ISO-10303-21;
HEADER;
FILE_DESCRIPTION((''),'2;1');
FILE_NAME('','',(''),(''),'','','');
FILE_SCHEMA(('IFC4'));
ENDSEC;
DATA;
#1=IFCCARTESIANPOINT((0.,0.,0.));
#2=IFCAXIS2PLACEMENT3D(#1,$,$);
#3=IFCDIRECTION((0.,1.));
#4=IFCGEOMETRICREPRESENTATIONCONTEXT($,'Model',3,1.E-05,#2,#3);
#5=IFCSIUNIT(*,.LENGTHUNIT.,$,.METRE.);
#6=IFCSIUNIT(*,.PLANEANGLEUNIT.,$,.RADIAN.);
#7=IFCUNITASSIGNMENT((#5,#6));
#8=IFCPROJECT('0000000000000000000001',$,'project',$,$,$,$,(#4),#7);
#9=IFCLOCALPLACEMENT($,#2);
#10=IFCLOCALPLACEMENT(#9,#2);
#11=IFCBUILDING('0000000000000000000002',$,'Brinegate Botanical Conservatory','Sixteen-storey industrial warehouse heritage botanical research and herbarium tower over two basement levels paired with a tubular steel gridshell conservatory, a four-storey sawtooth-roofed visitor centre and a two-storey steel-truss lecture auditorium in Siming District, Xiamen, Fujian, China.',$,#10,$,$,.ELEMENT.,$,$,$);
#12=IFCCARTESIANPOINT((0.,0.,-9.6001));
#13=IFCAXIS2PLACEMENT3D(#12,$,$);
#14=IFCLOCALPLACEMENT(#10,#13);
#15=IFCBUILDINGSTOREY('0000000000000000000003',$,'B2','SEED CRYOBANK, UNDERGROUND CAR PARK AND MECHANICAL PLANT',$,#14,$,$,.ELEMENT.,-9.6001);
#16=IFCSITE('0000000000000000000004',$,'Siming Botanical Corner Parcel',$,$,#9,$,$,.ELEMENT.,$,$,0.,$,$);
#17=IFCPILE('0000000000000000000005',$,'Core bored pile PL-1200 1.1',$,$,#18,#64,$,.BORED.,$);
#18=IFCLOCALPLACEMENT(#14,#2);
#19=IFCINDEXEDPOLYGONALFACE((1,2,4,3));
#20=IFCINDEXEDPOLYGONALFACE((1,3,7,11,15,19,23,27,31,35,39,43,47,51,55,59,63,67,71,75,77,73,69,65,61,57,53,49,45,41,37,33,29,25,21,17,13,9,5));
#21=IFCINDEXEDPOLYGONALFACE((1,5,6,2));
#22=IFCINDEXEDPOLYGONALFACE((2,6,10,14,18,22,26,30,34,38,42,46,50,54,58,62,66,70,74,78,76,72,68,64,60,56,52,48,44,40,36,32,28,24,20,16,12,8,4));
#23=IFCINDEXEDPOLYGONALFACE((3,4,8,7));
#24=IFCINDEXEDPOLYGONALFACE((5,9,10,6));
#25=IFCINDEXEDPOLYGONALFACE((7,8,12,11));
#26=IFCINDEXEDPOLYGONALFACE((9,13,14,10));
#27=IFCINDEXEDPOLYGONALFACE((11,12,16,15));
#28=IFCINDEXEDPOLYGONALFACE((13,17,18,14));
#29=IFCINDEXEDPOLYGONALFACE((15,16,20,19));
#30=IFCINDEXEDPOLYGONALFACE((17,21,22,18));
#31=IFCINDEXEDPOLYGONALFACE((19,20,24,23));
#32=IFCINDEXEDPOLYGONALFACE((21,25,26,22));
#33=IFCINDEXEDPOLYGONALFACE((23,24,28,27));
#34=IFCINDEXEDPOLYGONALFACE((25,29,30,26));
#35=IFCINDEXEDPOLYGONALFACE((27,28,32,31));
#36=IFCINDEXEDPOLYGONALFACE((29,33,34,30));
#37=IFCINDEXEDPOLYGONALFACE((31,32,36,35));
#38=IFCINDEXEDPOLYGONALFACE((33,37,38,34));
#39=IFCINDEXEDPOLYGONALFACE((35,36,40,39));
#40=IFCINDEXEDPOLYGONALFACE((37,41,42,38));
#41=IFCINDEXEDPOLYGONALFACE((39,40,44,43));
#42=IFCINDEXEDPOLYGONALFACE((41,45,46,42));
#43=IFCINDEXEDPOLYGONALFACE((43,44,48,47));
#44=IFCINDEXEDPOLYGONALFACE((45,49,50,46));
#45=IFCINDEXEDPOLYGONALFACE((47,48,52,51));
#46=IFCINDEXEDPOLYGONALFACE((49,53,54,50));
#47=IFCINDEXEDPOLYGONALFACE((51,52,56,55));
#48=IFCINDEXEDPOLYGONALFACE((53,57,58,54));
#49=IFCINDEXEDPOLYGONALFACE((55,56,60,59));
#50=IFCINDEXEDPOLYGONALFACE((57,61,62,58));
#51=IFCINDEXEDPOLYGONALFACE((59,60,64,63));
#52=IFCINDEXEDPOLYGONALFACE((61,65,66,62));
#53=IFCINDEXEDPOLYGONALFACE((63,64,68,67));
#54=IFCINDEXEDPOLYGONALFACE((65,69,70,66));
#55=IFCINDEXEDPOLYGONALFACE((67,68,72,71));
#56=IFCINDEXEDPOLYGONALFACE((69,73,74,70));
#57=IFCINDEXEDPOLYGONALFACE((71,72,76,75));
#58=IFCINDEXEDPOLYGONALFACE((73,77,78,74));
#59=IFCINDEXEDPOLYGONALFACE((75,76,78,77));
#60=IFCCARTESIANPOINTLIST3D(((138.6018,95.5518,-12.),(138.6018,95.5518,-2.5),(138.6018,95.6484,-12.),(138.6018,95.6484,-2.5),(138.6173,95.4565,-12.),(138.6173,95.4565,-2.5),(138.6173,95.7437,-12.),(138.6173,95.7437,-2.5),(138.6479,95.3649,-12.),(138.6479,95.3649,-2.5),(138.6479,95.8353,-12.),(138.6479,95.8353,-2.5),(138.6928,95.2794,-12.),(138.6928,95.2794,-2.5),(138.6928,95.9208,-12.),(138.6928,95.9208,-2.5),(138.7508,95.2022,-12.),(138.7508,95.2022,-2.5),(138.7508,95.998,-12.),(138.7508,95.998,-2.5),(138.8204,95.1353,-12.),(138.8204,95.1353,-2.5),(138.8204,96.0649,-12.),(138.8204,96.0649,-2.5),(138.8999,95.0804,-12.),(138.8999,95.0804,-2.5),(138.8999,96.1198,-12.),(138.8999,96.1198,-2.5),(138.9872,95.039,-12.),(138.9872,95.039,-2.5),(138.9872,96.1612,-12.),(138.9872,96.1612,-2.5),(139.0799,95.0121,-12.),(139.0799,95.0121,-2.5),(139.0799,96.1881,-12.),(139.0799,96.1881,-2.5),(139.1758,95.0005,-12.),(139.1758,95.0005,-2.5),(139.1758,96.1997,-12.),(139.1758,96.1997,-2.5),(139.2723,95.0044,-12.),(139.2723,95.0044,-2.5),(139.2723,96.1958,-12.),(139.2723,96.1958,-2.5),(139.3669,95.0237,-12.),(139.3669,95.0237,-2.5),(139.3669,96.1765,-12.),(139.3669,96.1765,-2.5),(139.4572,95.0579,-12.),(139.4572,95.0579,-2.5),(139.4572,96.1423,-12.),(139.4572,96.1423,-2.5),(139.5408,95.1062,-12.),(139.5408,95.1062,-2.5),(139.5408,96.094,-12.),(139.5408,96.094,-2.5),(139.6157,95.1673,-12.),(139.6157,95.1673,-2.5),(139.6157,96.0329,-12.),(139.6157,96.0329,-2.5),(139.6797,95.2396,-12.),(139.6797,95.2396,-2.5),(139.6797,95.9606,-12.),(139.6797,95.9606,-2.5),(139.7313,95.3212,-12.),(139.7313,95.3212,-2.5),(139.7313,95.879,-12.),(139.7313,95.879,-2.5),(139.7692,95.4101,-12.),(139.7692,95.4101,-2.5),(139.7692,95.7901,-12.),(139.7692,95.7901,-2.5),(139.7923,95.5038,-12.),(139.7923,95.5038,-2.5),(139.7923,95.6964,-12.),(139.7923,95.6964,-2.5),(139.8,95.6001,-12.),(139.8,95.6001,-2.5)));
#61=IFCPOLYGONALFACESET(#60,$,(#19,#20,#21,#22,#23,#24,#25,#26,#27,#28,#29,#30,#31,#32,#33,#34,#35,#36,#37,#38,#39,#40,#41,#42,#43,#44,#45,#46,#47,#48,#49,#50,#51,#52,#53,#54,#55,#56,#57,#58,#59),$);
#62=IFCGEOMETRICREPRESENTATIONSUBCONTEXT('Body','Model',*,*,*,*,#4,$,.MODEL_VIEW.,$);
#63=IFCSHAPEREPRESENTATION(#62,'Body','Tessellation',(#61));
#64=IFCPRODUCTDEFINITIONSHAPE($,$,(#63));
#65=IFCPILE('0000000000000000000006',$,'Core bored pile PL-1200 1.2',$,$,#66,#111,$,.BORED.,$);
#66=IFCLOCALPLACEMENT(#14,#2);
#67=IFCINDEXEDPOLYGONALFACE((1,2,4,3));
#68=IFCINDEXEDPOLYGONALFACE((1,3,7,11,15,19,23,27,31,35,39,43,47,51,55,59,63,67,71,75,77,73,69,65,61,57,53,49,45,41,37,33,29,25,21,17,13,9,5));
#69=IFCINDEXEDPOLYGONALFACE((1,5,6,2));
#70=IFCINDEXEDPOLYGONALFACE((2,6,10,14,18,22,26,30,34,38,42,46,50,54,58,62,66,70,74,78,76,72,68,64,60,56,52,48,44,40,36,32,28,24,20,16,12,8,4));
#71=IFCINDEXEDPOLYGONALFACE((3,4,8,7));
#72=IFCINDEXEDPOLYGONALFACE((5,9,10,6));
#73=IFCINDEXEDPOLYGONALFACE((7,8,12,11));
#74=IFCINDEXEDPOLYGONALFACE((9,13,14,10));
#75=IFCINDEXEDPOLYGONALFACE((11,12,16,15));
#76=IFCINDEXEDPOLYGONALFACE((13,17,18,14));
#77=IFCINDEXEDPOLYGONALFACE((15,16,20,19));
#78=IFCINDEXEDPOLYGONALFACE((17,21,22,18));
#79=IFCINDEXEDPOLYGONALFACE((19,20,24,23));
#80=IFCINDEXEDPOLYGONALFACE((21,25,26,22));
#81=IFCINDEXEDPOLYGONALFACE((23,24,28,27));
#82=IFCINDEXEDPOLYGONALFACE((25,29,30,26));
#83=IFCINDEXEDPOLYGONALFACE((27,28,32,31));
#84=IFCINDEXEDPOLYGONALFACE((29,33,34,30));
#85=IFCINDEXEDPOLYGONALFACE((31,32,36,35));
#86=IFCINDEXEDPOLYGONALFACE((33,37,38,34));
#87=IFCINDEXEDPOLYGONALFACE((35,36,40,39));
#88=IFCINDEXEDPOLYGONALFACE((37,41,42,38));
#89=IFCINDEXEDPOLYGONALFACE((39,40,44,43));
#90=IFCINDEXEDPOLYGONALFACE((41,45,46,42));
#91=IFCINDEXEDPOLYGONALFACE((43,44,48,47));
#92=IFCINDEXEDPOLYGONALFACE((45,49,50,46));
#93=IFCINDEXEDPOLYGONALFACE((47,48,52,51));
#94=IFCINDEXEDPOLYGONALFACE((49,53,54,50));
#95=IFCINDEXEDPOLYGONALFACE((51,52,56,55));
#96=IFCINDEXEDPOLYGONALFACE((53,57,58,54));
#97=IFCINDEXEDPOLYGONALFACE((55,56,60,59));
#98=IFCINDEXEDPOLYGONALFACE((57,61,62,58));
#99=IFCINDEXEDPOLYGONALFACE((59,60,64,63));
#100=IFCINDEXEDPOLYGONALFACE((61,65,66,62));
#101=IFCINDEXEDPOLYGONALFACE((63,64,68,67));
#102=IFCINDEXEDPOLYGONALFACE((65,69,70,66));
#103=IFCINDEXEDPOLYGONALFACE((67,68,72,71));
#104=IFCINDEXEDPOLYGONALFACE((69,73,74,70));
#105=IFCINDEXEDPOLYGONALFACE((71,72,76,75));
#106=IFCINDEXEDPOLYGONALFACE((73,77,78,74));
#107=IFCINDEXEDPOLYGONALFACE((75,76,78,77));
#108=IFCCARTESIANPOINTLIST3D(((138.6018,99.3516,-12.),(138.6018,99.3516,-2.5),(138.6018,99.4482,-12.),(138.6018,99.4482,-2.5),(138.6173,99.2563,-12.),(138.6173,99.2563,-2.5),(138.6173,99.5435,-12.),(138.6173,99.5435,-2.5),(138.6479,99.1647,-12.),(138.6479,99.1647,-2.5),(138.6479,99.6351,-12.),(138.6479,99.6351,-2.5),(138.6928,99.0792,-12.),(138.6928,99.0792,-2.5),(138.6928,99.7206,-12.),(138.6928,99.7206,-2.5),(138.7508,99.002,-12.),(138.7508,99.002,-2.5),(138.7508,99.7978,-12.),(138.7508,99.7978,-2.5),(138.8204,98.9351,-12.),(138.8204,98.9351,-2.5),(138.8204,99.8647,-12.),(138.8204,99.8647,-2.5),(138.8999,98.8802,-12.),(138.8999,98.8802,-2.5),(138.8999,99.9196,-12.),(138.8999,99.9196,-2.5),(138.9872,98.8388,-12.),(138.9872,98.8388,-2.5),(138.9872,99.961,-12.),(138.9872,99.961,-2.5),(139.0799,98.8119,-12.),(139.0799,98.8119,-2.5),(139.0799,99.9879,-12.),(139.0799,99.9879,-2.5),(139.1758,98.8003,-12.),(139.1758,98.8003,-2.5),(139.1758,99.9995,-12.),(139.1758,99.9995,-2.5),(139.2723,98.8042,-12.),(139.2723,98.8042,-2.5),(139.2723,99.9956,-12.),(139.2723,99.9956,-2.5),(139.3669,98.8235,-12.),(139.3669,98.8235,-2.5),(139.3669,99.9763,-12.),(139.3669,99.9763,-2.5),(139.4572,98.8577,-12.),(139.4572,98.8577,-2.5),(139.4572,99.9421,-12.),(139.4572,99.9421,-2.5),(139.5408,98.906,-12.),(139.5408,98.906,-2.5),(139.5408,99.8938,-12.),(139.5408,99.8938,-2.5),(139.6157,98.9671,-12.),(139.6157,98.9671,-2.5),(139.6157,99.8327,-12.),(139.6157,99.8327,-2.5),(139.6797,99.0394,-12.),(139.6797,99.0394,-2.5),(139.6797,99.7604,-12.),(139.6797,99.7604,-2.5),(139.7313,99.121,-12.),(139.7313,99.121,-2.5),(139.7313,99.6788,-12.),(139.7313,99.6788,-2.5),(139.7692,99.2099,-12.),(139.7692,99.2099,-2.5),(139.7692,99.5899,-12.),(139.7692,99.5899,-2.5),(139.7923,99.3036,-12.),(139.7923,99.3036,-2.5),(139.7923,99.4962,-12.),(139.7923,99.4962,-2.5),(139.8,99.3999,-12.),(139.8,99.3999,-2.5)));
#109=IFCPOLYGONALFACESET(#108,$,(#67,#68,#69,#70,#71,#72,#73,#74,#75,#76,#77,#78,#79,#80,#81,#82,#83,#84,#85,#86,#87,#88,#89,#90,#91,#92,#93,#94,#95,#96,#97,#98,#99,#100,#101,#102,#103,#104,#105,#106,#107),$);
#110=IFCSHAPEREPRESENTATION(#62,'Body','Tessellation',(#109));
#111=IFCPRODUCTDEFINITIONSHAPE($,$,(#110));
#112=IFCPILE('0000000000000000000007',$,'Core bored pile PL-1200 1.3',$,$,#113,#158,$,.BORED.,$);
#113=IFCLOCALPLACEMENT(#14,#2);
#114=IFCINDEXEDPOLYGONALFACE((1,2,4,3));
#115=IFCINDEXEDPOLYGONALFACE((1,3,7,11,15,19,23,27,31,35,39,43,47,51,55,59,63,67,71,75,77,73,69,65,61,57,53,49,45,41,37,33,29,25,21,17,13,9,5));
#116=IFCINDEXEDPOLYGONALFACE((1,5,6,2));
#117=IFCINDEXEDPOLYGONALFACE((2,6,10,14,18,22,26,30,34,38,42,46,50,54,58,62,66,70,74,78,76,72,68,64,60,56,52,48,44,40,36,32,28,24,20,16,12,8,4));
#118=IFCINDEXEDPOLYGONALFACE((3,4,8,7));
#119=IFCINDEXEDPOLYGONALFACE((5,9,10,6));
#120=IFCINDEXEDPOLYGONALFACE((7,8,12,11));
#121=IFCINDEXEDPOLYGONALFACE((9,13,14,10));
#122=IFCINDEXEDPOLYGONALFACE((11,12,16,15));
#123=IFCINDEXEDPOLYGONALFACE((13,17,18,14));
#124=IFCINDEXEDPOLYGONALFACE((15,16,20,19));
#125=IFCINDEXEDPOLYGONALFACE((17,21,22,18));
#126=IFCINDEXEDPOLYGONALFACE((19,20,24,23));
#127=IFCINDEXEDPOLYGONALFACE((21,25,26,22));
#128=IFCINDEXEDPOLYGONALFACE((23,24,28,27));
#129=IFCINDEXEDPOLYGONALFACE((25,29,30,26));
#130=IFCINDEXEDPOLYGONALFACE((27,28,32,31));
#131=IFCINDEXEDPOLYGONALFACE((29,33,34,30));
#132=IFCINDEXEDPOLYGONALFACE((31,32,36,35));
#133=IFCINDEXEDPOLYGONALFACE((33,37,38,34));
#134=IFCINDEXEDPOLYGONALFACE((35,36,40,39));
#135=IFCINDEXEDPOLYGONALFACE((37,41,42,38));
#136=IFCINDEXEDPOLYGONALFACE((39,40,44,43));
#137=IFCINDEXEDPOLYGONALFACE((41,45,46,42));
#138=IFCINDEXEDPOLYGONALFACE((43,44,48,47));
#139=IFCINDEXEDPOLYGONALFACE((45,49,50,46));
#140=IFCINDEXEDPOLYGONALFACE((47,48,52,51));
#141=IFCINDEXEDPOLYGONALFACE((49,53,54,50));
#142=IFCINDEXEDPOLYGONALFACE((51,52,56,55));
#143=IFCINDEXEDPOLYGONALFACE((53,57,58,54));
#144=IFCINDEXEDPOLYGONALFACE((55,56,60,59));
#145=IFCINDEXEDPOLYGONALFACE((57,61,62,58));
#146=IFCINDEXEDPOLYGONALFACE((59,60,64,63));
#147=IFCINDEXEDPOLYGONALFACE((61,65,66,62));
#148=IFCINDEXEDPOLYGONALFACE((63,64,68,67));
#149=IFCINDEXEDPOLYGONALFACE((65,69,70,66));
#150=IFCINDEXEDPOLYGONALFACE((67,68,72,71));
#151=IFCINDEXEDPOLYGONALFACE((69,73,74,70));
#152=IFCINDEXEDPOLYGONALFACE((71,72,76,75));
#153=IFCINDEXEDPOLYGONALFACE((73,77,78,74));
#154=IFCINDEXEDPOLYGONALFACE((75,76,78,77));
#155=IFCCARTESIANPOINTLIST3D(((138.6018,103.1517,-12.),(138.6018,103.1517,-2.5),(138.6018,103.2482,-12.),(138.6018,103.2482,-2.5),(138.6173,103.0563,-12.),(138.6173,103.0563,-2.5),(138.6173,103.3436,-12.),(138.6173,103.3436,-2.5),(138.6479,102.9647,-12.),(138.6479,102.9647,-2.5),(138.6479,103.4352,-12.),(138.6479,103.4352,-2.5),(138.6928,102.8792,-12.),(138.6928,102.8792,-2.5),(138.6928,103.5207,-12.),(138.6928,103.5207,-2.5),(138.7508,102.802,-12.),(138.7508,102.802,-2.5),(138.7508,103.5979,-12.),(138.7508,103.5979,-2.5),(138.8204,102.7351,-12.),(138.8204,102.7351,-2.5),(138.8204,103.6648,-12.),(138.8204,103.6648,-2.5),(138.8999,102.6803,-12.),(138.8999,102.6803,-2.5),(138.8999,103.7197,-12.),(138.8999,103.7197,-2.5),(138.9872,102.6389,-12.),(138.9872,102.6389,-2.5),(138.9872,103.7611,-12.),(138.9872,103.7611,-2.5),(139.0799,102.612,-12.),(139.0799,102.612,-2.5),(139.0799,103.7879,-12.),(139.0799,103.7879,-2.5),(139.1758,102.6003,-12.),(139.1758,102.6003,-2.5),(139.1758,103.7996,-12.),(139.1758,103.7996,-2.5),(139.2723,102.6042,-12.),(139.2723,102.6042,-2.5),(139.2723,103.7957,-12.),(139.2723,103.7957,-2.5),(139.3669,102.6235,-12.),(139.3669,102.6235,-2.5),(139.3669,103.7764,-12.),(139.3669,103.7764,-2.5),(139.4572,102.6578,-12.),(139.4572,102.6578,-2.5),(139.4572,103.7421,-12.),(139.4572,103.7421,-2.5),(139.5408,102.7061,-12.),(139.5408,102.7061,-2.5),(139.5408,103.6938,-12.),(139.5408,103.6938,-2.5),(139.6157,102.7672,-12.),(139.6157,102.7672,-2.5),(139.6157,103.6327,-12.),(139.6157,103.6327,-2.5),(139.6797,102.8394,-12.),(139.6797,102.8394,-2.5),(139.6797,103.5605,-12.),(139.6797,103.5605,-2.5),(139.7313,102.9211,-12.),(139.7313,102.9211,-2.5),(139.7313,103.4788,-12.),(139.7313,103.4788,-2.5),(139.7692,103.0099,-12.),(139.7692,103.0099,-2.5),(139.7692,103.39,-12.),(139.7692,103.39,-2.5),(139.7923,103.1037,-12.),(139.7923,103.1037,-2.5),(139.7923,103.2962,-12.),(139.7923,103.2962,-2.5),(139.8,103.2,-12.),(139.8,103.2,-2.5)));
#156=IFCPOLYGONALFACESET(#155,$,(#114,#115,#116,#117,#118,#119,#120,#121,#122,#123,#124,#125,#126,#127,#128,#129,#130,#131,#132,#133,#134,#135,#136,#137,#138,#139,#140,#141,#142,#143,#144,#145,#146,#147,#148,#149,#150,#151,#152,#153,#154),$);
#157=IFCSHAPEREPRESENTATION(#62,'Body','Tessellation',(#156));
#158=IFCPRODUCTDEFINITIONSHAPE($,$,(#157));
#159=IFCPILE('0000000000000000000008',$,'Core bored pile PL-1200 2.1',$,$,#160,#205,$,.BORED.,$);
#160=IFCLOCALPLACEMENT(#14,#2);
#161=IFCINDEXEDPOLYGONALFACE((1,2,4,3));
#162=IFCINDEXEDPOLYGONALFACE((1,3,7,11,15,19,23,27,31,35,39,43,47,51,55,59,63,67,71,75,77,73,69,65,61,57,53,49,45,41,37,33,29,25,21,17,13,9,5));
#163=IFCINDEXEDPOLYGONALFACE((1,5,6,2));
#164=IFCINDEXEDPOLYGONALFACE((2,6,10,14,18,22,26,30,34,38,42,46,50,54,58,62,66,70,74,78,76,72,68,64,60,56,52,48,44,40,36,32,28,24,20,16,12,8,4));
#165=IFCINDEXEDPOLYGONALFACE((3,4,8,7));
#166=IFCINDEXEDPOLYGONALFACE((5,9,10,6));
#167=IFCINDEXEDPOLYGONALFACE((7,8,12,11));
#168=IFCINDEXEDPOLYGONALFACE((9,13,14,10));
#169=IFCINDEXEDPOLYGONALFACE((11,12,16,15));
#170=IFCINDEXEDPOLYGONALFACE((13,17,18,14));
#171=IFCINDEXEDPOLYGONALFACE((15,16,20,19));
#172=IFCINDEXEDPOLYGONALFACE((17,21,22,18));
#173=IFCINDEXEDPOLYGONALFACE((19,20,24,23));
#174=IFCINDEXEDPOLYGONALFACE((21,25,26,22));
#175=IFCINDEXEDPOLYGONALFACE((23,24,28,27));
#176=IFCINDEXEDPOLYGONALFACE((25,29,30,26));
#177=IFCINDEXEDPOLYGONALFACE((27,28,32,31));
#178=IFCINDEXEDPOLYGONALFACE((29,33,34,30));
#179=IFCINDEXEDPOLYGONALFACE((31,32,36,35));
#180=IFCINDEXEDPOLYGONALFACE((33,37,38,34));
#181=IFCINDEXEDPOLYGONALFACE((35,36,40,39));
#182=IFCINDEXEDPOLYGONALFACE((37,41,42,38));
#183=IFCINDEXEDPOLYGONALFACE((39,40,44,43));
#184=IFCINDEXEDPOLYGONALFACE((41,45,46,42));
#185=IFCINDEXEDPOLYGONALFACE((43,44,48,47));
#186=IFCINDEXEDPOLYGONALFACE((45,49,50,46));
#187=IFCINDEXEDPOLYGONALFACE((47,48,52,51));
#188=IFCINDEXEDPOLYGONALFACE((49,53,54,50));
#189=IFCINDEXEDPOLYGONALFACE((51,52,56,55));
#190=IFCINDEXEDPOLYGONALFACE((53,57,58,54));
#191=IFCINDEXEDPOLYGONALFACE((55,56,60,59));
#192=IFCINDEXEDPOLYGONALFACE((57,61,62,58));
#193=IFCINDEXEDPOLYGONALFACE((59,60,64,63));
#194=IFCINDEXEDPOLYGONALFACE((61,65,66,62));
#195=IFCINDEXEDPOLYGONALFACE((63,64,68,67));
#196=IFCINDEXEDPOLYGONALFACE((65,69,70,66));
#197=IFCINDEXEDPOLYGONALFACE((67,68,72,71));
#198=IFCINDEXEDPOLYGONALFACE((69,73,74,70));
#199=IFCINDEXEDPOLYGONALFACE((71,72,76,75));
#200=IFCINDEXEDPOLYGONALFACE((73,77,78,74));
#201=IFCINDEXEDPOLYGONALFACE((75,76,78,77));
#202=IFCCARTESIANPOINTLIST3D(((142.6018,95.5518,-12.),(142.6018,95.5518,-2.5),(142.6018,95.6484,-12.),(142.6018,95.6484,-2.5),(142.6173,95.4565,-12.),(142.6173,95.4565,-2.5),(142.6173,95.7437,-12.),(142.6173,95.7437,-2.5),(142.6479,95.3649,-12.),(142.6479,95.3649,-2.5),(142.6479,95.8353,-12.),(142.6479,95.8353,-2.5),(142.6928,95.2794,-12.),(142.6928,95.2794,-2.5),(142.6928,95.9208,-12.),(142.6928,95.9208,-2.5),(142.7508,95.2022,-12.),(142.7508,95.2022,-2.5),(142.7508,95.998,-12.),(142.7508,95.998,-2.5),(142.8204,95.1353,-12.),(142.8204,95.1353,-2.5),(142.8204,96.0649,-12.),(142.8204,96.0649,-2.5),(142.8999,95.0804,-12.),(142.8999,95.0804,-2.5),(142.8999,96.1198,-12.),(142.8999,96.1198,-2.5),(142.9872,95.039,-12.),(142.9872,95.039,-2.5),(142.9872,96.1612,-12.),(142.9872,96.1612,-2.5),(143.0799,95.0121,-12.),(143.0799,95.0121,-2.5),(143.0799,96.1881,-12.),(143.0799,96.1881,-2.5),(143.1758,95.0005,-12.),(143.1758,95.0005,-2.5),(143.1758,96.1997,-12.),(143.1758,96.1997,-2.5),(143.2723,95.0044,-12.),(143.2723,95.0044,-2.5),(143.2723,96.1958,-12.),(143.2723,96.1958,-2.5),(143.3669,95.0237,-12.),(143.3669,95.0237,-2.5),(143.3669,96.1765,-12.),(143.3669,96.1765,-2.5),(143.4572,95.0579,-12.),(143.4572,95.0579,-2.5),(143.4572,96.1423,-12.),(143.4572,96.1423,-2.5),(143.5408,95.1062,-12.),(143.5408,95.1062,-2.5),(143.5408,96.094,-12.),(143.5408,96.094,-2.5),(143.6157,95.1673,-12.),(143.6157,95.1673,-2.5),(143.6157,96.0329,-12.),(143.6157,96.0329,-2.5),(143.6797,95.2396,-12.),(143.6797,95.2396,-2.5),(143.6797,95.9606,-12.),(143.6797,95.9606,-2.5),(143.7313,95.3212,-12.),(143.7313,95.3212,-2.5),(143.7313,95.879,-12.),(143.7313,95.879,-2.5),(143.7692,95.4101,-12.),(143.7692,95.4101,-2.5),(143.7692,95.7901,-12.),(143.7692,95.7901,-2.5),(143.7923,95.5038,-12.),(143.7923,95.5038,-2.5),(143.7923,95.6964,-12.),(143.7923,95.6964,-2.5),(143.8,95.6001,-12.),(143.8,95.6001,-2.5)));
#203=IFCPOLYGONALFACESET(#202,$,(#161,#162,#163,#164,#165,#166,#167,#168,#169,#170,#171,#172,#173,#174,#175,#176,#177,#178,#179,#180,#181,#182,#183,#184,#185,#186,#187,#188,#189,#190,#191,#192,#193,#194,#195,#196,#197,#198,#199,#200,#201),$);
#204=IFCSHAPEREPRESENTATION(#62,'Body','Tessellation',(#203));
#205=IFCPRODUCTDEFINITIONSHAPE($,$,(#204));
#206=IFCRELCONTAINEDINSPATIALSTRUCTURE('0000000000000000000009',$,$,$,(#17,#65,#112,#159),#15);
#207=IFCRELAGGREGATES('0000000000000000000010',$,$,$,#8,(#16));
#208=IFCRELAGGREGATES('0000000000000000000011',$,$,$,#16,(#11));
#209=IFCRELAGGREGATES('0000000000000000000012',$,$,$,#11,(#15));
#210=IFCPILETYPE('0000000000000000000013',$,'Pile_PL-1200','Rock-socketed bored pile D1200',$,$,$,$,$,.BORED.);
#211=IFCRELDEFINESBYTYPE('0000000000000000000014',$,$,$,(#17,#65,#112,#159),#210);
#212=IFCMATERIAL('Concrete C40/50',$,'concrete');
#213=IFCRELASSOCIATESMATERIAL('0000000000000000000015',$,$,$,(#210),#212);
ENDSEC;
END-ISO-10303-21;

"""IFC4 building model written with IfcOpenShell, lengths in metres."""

from ifc_helpers import new_model, si_unit, direction, frame, origin, origin_2d, place, context, subcontext, project, spatial, circle, extrude, material, material_profile, profile_set, type_object, element, save


model = new_model("IFC4")

# Units and contexts
model_context = context("Model", 3, precision=1e-05, world=origin(), true_north=direction((0.0, 1.0)))
body_context = subcontext(model_context, "Body", "Model", "MODEL_VIEW")
ifc_project = project(units=[si_unit("LENGTHUNIT", "METRE"), si_unit("PLANEANGLEUNIT", "RADIAN")], contexts=[model_context])

# Site, building, storey
site_placement = place(None, origin())
site = spatial("IfcSite", under=ifc_project, at=site_placement, Name="Siming Botanical Corner Parcel", CompositionType="ELEMENT", RefElevation=0.0)
building_placement = place(site_placement, origin())
building = spatial("IfcBuilding", under=site, at=building_placement, Name="Brinegate Botanical Conservatory", Description="Sixteen-storey industrial warehouse heritage botanical research and herbarium tower over two basement levels paired with a tubular steel gridshell conservatory, a four-storey sawtooth-roofed visitor centre and a two-storey steel-truss lecture auditorium in Siming District, Xiamen, Fujian, China.", CompositionType="ELEMENT")
storey_placement = place(building_placement, frame((0.0, 0.0, -9.6001)))
storey = spatial("IfcBuildingStorey", under=building, at=storey_placement, Name="B2", Description="SEED CRYOBANK, UNDERGROUND CAR PARK AND MECHANICAL PLANT", CompositionType="ELEMENT", Elevation=-9.6001)

# Shared definitions
ifc_material_1 = material(Name="Concrete C40/50", Category="concrete")

# Piles
ifc_material_profile_1 = material_profile(ifc_material_1, circle(Radius=0.6001, at=origin_2d()), Name="PILE D1200")
ifc_profile_set_1 = profile_set([ifc_material_profile_1], Name="Concrete C40/50")
pile_type_1 = type_object("IfcPileType", Name="Pile_PL-1200", Description="Rock-socketed bored pile D1200", PredefinedType="BORED", material=ifc_profile_set_1)
for number, where, z_axis, x_axis, name in (
    (1, (139.2, 95.6001, -2.5), (0.0, 0.0, -1.0), (1.0, 0.0, 0.0), "Core bored pile PL-1200 1.1"),
    (2, (139.2, 99.3999, -2.5), (0.0, 0.0, -1.0), (1.0, 0.0, 0.0), "Core bored pile PL-1200 1.2"),
    (3, (139.2, 103.2, -2.5), (0.0, 0.0, -1.0), (1.0, 0.0, 0.0), "Core bored pile PL-1200 1.3"),
    (4, (143.2, 95.6001, -2.5), (0.0, 0.0, -1.0), (1.0, 0.0, 0.0), "Core bored pile PL-1200 2.1"),
):
    element("IfcPile", number, at=place(storey_placement, frame(where, z_axis=z_axis, x_axis=x_axis)), inside=storey, type_object=pile_type_1, Name=name, PredefinedType="BORED", context=body_context, shape_type="SweptSolid", body=[
        extrude(circle(Radius=0.6001, at=origin_2d()), origin(), (0.0, 0.0, 1.0), 9.5),
    ])

save(model, "model.ifc")
